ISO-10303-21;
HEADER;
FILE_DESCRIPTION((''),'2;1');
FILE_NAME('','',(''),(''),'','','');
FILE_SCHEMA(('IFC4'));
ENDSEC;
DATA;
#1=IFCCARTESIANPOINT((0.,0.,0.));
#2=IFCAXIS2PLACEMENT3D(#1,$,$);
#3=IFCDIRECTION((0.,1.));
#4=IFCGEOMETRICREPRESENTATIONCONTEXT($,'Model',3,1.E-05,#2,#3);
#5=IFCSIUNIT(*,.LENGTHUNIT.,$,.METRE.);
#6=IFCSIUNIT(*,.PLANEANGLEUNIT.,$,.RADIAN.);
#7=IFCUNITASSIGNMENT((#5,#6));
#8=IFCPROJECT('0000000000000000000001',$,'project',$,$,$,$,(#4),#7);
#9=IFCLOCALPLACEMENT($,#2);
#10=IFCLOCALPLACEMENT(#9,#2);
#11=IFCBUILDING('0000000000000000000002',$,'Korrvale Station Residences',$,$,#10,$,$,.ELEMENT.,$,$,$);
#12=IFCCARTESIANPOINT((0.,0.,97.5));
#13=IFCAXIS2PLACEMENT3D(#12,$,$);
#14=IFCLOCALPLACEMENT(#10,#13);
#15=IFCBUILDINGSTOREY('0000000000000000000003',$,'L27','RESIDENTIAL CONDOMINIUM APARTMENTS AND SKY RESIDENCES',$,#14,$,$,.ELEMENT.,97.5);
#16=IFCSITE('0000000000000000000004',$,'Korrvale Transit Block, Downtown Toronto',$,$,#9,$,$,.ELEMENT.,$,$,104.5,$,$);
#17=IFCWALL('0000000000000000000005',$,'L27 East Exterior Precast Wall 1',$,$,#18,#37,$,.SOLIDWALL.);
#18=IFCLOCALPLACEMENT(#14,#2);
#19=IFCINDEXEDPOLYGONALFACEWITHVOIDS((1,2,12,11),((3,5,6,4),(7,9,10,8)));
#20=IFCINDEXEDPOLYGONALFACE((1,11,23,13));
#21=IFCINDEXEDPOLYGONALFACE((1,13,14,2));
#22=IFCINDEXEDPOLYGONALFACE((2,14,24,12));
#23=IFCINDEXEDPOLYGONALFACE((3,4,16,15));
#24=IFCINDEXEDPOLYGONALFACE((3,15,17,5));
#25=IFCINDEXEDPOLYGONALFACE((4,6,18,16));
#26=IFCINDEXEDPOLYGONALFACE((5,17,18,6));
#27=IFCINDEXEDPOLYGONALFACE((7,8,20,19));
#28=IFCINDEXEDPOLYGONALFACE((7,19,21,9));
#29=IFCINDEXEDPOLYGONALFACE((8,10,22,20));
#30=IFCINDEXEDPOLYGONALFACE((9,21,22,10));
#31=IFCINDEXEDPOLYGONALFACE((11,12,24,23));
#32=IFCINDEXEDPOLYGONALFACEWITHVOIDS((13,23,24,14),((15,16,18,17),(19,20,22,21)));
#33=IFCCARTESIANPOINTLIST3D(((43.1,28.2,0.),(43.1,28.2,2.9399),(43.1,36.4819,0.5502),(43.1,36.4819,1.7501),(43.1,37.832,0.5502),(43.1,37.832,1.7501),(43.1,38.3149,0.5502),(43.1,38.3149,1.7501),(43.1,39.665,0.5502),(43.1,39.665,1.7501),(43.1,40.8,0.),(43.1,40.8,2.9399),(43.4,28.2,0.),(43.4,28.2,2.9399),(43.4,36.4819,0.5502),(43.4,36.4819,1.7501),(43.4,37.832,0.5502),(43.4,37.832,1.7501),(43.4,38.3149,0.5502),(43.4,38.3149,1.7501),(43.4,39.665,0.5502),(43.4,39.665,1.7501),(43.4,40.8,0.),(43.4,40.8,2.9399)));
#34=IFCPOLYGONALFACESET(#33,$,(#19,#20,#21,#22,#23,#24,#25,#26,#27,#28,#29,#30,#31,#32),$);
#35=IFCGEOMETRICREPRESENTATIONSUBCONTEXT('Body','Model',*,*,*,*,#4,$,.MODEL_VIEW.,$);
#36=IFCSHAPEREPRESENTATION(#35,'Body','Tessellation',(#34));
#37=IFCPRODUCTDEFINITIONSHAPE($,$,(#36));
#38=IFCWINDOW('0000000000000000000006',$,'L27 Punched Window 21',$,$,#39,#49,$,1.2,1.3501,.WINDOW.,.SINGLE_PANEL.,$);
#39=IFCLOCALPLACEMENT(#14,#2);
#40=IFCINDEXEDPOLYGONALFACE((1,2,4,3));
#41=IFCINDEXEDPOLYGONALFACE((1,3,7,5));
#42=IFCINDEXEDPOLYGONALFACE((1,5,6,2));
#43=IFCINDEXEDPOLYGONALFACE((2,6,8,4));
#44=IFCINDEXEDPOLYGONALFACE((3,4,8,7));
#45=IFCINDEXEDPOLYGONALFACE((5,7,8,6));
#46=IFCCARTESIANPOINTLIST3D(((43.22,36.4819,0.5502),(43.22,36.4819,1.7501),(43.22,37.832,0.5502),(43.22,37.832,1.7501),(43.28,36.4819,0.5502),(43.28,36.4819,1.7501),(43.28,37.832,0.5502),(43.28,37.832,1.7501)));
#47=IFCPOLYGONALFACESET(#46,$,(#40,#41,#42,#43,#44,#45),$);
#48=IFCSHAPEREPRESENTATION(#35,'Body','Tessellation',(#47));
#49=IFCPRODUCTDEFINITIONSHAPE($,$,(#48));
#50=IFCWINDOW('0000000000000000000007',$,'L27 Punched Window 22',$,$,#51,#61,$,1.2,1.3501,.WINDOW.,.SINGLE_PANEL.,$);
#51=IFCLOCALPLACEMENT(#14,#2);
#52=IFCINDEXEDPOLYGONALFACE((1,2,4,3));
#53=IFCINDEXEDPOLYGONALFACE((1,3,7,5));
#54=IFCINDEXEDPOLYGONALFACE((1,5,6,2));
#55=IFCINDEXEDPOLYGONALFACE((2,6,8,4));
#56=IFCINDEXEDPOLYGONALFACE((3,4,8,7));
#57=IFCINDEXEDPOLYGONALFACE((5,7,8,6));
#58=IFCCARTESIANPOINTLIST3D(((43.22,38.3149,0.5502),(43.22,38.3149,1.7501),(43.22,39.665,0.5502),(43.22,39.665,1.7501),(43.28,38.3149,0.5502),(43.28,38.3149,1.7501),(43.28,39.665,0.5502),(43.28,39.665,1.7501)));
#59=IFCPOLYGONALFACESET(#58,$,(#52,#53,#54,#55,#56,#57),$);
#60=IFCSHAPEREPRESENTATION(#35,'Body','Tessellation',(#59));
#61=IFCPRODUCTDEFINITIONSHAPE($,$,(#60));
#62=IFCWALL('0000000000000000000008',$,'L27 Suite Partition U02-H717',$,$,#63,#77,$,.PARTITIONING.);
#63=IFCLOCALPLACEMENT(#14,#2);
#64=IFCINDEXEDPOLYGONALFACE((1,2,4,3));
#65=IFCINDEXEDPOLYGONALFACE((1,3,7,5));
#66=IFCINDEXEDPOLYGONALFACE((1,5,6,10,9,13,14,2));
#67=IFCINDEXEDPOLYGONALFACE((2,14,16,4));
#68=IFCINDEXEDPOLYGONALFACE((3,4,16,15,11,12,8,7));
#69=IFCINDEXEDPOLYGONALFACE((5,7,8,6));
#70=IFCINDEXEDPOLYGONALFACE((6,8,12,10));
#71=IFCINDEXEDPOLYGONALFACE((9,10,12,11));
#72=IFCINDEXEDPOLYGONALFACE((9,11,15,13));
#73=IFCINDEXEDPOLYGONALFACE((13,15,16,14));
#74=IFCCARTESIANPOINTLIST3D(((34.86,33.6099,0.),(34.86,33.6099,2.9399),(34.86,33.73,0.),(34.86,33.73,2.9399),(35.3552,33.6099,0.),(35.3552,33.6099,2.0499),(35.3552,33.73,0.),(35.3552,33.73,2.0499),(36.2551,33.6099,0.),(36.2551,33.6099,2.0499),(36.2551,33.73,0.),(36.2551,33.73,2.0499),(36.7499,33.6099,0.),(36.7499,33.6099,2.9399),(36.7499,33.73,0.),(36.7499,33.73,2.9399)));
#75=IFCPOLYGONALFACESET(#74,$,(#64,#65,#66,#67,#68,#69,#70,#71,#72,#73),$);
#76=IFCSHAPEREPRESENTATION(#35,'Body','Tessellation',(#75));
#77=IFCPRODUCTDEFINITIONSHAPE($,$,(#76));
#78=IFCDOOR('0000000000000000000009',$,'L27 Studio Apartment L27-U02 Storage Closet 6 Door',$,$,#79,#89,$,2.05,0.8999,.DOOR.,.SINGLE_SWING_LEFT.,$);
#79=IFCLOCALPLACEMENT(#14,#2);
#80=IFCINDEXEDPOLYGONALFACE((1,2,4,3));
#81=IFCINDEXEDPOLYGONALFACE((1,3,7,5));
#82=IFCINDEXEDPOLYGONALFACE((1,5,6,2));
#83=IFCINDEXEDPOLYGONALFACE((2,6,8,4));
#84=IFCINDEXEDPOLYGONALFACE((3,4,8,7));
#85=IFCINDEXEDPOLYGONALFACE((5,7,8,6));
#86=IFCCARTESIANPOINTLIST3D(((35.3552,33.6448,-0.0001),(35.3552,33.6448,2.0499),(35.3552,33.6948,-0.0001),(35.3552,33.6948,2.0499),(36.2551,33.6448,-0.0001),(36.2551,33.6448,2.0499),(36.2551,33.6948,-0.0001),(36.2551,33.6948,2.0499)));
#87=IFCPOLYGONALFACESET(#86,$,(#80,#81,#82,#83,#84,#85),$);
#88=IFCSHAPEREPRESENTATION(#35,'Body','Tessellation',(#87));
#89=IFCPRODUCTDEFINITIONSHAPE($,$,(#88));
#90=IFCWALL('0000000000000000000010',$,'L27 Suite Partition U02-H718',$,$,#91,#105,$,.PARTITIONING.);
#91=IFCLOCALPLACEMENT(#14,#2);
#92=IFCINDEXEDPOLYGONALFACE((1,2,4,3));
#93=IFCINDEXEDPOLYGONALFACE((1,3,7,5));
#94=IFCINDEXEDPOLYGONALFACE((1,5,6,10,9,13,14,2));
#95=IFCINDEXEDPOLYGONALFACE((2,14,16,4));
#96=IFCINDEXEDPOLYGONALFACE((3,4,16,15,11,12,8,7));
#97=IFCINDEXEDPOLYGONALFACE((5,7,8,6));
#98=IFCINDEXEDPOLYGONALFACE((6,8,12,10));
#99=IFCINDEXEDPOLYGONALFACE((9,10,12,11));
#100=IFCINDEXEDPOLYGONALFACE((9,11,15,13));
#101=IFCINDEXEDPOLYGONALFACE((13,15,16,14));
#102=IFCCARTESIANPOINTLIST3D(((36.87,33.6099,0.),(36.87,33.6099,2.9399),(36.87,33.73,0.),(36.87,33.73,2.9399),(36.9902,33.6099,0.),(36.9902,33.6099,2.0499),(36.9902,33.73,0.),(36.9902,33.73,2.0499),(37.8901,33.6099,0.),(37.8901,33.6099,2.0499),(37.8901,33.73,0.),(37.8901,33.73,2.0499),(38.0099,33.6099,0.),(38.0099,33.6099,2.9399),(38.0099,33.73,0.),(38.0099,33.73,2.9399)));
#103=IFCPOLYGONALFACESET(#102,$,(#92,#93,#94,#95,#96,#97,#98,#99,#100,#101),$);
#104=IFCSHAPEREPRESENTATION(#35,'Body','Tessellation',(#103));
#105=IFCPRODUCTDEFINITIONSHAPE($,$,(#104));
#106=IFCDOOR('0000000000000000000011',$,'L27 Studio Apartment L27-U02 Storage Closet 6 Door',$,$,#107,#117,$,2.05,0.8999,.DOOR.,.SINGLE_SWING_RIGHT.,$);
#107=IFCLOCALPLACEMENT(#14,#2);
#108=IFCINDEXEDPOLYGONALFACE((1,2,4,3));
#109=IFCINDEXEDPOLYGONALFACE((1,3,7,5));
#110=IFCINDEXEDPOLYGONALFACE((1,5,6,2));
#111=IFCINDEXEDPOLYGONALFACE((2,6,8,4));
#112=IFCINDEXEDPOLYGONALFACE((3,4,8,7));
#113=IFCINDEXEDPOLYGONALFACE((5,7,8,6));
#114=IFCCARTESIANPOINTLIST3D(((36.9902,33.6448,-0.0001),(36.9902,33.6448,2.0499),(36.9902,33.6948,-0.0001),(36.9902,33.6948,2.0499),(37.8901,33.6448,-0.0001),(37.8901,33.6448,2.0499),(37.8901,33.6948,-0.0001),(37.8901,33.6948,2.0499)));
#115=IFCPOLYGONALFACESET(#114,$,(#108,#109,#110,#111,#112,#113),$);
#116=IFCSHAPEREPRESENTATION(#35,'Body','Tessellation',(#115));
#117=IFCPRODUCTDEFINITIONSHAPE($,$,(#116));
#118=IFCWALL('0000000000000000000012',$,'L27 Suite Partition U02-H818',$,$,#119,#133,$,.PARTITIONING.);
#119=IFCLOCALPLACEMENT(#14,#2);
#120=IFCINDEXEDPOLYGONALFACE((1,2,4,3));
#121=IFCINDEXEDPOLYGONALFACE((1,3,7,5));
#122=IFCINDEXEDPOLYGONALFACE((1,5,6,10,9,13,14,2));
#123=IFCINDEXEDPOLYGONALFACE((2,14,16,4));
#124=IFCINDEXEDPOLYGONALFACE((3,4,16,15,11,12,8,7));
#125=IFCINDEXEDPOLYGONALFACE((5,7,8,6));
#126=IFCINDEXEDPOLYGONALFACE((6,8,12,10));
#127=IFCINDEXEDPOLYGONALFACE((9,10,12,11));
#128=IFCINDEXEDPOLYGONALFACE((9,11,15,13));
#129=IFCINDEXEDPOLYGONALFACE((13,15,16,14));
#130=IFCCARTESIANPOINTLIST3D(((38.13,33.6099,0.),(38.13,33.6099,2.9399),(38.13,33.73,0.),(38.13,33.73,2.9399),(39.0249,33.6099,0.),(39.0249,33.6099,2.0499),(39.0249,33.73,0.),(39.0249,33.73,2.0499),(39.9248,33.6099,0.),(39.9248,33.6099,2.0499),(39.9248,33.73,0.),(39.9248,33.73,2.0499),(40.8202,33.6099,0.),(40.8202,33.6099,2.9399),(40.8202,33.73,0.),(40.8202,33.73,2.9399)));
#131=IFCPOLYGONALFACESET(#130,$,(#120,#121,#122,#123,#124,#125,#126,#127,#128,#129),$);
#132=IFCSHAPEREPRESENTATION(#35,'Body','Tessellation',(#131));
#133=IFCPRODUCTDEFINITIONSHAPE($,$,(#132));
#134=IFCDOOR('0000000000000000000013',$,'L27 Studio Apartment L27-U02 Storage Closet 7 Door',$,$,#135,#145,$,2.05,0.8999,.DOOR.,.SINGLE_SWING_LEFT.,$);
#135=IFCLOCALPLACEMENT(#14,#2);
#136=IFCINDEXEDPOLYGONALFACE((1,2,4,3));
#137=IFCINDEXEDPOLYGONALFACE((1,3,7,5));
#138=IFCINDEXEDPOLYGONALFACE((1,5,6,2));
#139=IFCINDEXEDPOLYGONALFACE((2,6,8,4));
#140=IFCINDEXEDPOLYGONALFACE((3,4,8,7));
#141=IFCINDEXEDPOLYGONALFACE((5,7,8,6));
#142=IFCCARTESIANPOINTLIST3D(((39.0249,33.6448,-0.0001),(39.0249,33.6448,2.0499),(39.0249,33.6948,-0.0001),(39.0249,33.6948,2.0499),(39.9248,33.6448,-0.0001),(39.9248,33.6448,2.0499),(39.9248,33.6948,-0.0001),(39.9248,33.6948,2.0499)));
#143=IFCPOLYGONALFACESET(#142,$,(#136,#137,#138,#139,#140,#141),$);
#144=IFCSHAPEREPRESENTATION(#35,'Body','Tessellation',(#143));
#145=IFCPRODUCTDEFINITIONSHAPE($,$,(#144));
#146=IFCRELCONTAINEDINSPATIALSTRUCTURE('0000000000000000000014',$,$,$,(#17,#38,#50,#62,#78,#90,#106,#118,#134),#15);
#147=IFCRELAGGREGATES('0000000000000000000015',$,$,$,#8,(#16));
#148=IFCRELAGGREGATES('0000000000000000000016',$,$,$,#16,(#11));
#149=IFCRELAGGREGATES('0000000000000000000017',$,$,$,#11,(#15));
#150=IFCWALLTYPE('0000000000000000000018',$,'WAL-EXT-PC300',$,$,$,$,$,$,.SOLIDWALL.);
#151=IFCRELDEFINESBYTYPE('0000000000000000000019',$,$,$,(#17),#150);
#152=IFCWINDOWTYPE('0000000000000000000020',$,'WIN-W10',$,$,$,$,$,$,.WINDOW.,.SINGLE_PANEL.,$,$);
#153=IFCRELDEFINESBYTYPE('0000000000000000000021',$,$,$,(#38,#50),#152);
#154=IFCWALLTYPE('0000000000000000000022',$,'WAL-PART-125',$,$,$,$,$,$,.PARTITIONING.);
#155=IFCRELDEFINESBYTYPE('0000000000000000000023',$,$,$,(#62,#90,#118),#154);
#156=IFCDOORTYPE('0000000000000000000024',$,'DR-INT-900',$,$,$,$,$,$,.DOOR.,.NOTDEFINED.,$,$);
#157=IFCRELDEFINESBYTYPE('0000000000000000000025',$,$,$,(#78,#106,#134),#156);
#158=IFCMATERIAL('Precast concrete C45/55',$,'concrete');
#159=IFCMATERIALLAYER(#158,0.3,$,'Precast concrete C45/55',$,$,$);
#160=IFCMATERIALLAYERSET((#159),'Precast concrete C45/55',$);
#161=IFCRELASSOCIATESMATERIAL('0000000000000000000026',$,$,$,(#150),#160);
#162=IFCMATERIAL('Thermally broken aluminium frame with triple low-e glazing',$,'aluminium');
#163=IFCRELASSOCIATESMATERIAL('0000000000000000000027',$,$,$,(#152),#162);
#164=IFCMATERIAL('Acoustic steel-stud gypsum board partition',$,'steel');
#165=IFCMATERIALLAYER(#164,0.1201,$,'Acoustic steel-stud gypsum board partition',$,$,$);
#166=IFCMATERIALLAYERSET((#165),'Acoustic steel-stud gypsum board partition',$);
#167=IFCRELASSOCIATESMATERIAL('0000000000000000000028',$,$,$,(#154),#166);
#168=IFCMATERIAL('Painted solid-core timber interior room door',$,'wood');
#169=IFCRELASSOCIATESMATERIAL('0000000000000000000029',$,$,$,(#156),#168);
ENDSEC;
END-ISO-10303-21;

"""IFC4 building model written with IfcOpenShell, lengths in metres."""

from ifc_helpers import new_model, si_unit, direction, frame, frame_2d, origin, place, context, subcontext, project, spatial, rectangle, extrude, material, layer, layer_set, type_object, element, fill, save


model = new_model("IFC4")

# Units and contexts
model_context = context("Model", 3, precision=1e-05, world=origin(), true_north=direction((0.0, 1.0)))
body_context = subcontext(model_context, "Body", "Model", "MODEL_VIEW")
ifc_project = project(units=[si_unit("LENGTHUNIT", "METRE"), si_unit("PLANEANGLEUNIT", "RADIAN")], contexts=[model_context])

# Site, building, storey
site_placement = place(None, origin())
site = spatial("IfcSite", under=ifc_project, at=site_placement, Name="Korrvale Transit Block, Downtown Toronto", CompositionType="ELEMENT", RefElevation=104.5)
building_placement = place(site_placement, origin())
building = spatial("IfcBuilding", under=site, at=building_placement, Name="Korrvale Station Residences", CompositionType="ELEMENT")
storey_placement = place(building_placement, frame((0.0, 0.0, 97.5)))
storey = spatial("IfcBuildingStorey", under=building, at=storey_placement, Name="L27", Description="RESIDENTIAL CONDOMINIUM APARTMENTS AND SKY RESIDENCES", CompositionType="ELEMENT", Elevation=97.5)

# Shared definitions
ifc_material_1 = material(Name="Precast concrete C45/55", Category="concrete")
ifc_layer_1 = layer(ifc_material_1, 0.3, Name="Precast concrete C45/55")
ifc_layer_set_1 = layer_set([ifc_layer_1], Name="Precast concrete C45/55")
wall_type_1 = type_object("IfcWallType", Name="WAL-EXT-PC300", PredefinedType="SOLIDWALL", material=ifc_layer_set_1)

# Wall, openings, windows
wall_1_placement = place(storey_placement, frame((43.25, 40.8, 0.0), z_axis=(0.0, 0.0, 1.0), x_axis=(0.0, -1.0, 0.0)))
wall_1 = element("IfcWall", 1, at=wall_1_placement, inside=storey, type_object=wall_type_1, Name="L27 East Exterior Precast Wall 1", PredefinedType="SOLIDWALL", context=body_context, shape_type="SweptSolid", body=[
    extrude(rectangle(XDim=12.6001, YDim=0.3, at=frame_2d((6.3, 0.0))), origin(), (0.0, 0.0, 1.0), 2.9399),
])
opening_1_placement = place(wall_1_placement, frame((2.968, 0.0, 0.55)))
opening_1 = element("IfcOpeningElement", 2, at=opening_1_placement, cuts=wall_1, PredefinedType="OPENING", context=body_context, shape_type="SweptSolid", body=[
    extrude(rectangle(XDim=1.3501, YDim=1.2, at=frame_2d((0.675, 0.6001))), frame((0.0, 0.1602, 0.0), z_axis=(0.0, -1.0, 0.0), x_axis=(1.0, 0.0, 0.0)), (0.0, 0.0, 1.0), 0.3201),
])
opening_2_placement = place(wall_1_placement, frame((1.135, 0.0, 0.55)))
opening_2 = element("IfcOpeningElement", 3, at=opening_2_placement, cuts=wall_1, PredefinedType="OPENING", context=body_context, shape_type="SweptSolid", body=[
    extrude(rectangle(XDim=1.3501, YDim=1.2, at=frame_2d((0.675, 0.6001))), frame((0.0, 0.1602, 0.0), z_axis=(0.0, -1.0, 0.0), x_axis=(1.0, 0.0, 0.0)), (0.0, 0.0, 1.0), 0.3201),
])
ifc_material_2 = material(Name="Thermally broken aluminium frame with triple low-e glazing", Category="aluminium")
window_type = type_object("IfcWindowType", Name="WIN-W10", PartitioningType="SINGLE_PANEL", PredefinedType="WINDOW", material=ifc_material_2)
window_1_placement = place(opening_1_placement, origin())
window_1 = element("IfcWindow", 4, at=window_1_placement, inside=storey, type_object=window_type, Name="L27 Punched Window 21", OverallHeight=1.2, OverallWidth=1.3501, PartitioningType="SINGLE_PANEL", PredefinedType="WINDOW", context=body_context, shape_type="SweptSolid", body=[
    extrude(rectangle(XDim=1.3501, YDim=1.2, at=frame_2d((0.675, 0.6001))), frame((0.0, 0.03, 0.0), z_axis=(0.0, -1.0, 0.0), x_axis=(1.0, 0.0, 0.0)), (0.0, 0.0, 1.0), 0.0601),
])
fill(opening_1, window_1)
window_2_placement = place(opening_2_placement, origin())
window_2 = element("IfcWindow", 5, at=window_2_placement, inside=storey, type_object=window_type, Name="L27 Punched Window 22", OverallHeight=1.2, OverallWidth=1.3501, PartitioningType="SINGLE_PANEL", PredefinedType="WINDOW", context=body_context, shape_type="SweptSolid", body=[
    extrude(rectangle(XDim=1.3501, YDim=1.2, at=frame_2d((0.675, 0.6001))), frame((0.0, 0.03, 0.0), z_axis=(0.0, -1.0, 0.0), x_axis=(1.0, 0.0, 0.0)), (0.0, 0.0, 1.0), 0.0601),
])
fill(opening_2, window_2)

# Walls, openings, doors
ifc_material_3 = material(Name="Acoustic steel-stud gypsum board partition", Category="steel")
ifc_layer_2 = layer(ifc_material_3, 0.1201, Name="Acoustic steel-stud gypsum board partition")
ifc_layer_set_2 = layer_set([ifc_layer_2], Name="Acoustic steel-stud gypsum board partition")
wall_type_2 = type_object("IfcWallType", Name="WAL-PART-125", PredefinedType="PARTITIONING", material=ifc_layer_set_2)
wall_2_placement = place(storey_placement, frame((34.8601, 33.6699, 0.0), z_axis=(0.0, 0.0, 1.0), x_axis=(1.0, 0.0, 0.0)))
wall_2 = element("IfcWall", 6, at=wall_2_placement, inside=storey, type_object=wall_type_2, Name="L27 Suite Partition U02-H717", PredefinedType="PARTITIONING", context=body_context, shape_type="SweptSolid", body=[
    extrude(rectangle(XDim=1.8899, YDim=0.1201, at=frame_2d((0.9448, 0.0))), origin(), (0.0, 0.0, 1.0), 2.9399),
])
opening_3_placement = place(wall_2_placement, frame((0.4951, 0.0, 0.0)))
opening_3 = element("IfcOpeningElement", 7, at=opening_3_placement, cuts=wall_2, PredefinedType="OPENING", context=body_context, shape_type="SweptSolid", body=[
    extrude(rectangle(XDim=0.8999, YDim=2.05, at=frame_2d((0.45, 1.0249))), frame((0.0, 0.0701, 0.0), z_axis=(0.0, -1.0, 0.0), x_axis=(1.0, 0.0, 0.0)), (0.0, 0.0, 1.0), 0.1401),
])
ifc_material_4 = material(Name="Painted solid-core timber interior room door", Category="wood")
door_type = type_object("IfcDoorType", Name="DR-INT-900", OperationType="NOTDEFINED", PredefinedType="DOOR", material=ifc_material_4)
door_1_placement = place(opening_3_placement, origin())
door_1 = element("IfcDoor", 8, at=door_1_placement, inside=storey, type_object=door_type, Name="L27 Studio Apartment L27-U02 Storage Closet 6 Door", OperationType="SINGLE_SWING_LEFT", OverallHeight=2.05, OverallWidth=0.8999, PredefinedType="DOOR", context=body_context, shape_type="SweptSolid", body=[
    extrude(rectangle(XDim=0.8999, YDim=2.05, at=frame_2d((0.45, 1.0249))), frame((0.0, 0.0249, 0.0), z_axis=(0.0, -1.0, 0.0), x_axis=(1.0, 0.0, 0.0)), (0.0, 0.0, 1.0), 0.05),
])
fill(opening_3, door_1)
wall_3_placement = place(storey_placement, frame((36.8701, 33.6699, 0.0), z_axis=(0.0, 0.0, 1.0), x_axis=(1.0, 0.0, 0.0)))
wall_3 = element("IfcWall", 9, at=wall_3_placement, inside=storey, type_object=wall_type_2, Name="L27 Suite Partition U02-H718", PredefinedType="PARTITIONING", context=body_context, shape_type="SweptSolid", body=[
    extrude(rectangle(XDim=1.1399, YDim=0.1201, at=frame_2d((0.5698, 0.0))), origin(), (0.0, 0.0, 1.0), 2.9399),
])
opening_4_placement = place(wall_3_placement, frame((0.1201, 0.0, 0.0)))
opening_4 = element("IfcOpeningElement", 10, at=opening_4_placement, cuts=wall_3, PredefinedType="OPENING", context=body_context, shape_type="SweptSolid", body=[
    extrude(rectangle(XDim=0.8999, YDim=2.05, at=frame_2d((0.45, 1.0249))), frame((0.0, 0.0701, 0.0), z_axis=(0.0, -1.0, 0.0), x_axis=(1.0, 0.0, 0.0)), (0.0, 0.0, 1.0), 0.1401),
])
door_2_placement = place(opening_4_placement, origin())
door_2 = element("IfcDoor", 11, at=door_2_placement, inside=storey, type_object=door_type, Name="L27 Studio Apartment L27-U02 Storage Closet 6 Door", OperationType="SINGLE_SWING_RIGHT", OverallHeight=2.05, OverallWidth=0.8999, PredefinedType="DOOR", context=body_context, shape_type="SweptSolid", body=[
    extrude(rectangle(XDim=0.8999, YDim=2.05, at=frame_2d((0.45, 1.0249))), frame((0.0, 0.0249, 0.0), z_axis=(0.0, -1.0, 0.0), x_axis=(1.0, 0.0, 0.0)), (0.0, 0.0, 1.0), 0.05),
])
fill(opening_4, door_2)
wall_4_placement = place(storey_placement, frame((38.1299, 33.6699, 0.0), z_axis=(0.0, 0.0, 1.0), x_axis=(1.0, 0.0, 0.0)))
wall_4 = element("IfcWall", 12, at=wall_4_placement, inside=storey, type_object=wall_type_2, Name="L27 Suite Partition U02-H818", PredefinedType="PARTITIONING", context=body_context, shape_type="SweptSolid", body=[
    extrude(rectangle(XDim=2.6902, YDim=0.1201, at=frame_2d((1.3452, 0.0))), origin(), (0.0, 0.0, 1.0), 2.9399),
])
opening_5_placement = place(wall_4_placement, frame((0.895, 0.0, 0.0)))
opening_5 = element("IfcOpeningElement", 13, at=opening_5_placement, cuts=wall_4, PredefinedType="OPENING", context=body_context, shape_type="SweptSolid", body=[
    extrude(rectangle(XDim=0.8999, YDim=2.05, at=frame_2d((0.45, 1.0249))), frame((0.0, 0.0701, 0.0), z_axis=(0.0, -1.0, 0.0), x_axis=(1.0, 0.0, 0.0)), (0.0, 0.0, 1.0), 0.1401),
])
door_3_placement = place(opening_5_placement, origin())
door_3 = element("IfcDoor", 14, at=door_3_placement, inside=storey, type_object=door_type, Name="L27 Studio Apartment L27-U02 Storage Closet 7 Door", OperationType="SINGLE_SWING_LEFT", OverallHeight=2.05, OverallWidth=0.8999, PredefinedType="DOOR", context=body_context, shape_type="SweptSolid", body=[
    extrude(rectangle(XDim=0.8999, YDim=2.05, at=frame_2d((0.45, 1.0249))), frame((0.0, 0.0249, 0.0), z_axis=(0.0, -1.0, 0.0), x_axis=(1.0, 0.0, 0.0)), (0.0, 0.0, 1.0), 0.05),
])
fill(opening_5, door_3)

save(model, "model.ifc")
